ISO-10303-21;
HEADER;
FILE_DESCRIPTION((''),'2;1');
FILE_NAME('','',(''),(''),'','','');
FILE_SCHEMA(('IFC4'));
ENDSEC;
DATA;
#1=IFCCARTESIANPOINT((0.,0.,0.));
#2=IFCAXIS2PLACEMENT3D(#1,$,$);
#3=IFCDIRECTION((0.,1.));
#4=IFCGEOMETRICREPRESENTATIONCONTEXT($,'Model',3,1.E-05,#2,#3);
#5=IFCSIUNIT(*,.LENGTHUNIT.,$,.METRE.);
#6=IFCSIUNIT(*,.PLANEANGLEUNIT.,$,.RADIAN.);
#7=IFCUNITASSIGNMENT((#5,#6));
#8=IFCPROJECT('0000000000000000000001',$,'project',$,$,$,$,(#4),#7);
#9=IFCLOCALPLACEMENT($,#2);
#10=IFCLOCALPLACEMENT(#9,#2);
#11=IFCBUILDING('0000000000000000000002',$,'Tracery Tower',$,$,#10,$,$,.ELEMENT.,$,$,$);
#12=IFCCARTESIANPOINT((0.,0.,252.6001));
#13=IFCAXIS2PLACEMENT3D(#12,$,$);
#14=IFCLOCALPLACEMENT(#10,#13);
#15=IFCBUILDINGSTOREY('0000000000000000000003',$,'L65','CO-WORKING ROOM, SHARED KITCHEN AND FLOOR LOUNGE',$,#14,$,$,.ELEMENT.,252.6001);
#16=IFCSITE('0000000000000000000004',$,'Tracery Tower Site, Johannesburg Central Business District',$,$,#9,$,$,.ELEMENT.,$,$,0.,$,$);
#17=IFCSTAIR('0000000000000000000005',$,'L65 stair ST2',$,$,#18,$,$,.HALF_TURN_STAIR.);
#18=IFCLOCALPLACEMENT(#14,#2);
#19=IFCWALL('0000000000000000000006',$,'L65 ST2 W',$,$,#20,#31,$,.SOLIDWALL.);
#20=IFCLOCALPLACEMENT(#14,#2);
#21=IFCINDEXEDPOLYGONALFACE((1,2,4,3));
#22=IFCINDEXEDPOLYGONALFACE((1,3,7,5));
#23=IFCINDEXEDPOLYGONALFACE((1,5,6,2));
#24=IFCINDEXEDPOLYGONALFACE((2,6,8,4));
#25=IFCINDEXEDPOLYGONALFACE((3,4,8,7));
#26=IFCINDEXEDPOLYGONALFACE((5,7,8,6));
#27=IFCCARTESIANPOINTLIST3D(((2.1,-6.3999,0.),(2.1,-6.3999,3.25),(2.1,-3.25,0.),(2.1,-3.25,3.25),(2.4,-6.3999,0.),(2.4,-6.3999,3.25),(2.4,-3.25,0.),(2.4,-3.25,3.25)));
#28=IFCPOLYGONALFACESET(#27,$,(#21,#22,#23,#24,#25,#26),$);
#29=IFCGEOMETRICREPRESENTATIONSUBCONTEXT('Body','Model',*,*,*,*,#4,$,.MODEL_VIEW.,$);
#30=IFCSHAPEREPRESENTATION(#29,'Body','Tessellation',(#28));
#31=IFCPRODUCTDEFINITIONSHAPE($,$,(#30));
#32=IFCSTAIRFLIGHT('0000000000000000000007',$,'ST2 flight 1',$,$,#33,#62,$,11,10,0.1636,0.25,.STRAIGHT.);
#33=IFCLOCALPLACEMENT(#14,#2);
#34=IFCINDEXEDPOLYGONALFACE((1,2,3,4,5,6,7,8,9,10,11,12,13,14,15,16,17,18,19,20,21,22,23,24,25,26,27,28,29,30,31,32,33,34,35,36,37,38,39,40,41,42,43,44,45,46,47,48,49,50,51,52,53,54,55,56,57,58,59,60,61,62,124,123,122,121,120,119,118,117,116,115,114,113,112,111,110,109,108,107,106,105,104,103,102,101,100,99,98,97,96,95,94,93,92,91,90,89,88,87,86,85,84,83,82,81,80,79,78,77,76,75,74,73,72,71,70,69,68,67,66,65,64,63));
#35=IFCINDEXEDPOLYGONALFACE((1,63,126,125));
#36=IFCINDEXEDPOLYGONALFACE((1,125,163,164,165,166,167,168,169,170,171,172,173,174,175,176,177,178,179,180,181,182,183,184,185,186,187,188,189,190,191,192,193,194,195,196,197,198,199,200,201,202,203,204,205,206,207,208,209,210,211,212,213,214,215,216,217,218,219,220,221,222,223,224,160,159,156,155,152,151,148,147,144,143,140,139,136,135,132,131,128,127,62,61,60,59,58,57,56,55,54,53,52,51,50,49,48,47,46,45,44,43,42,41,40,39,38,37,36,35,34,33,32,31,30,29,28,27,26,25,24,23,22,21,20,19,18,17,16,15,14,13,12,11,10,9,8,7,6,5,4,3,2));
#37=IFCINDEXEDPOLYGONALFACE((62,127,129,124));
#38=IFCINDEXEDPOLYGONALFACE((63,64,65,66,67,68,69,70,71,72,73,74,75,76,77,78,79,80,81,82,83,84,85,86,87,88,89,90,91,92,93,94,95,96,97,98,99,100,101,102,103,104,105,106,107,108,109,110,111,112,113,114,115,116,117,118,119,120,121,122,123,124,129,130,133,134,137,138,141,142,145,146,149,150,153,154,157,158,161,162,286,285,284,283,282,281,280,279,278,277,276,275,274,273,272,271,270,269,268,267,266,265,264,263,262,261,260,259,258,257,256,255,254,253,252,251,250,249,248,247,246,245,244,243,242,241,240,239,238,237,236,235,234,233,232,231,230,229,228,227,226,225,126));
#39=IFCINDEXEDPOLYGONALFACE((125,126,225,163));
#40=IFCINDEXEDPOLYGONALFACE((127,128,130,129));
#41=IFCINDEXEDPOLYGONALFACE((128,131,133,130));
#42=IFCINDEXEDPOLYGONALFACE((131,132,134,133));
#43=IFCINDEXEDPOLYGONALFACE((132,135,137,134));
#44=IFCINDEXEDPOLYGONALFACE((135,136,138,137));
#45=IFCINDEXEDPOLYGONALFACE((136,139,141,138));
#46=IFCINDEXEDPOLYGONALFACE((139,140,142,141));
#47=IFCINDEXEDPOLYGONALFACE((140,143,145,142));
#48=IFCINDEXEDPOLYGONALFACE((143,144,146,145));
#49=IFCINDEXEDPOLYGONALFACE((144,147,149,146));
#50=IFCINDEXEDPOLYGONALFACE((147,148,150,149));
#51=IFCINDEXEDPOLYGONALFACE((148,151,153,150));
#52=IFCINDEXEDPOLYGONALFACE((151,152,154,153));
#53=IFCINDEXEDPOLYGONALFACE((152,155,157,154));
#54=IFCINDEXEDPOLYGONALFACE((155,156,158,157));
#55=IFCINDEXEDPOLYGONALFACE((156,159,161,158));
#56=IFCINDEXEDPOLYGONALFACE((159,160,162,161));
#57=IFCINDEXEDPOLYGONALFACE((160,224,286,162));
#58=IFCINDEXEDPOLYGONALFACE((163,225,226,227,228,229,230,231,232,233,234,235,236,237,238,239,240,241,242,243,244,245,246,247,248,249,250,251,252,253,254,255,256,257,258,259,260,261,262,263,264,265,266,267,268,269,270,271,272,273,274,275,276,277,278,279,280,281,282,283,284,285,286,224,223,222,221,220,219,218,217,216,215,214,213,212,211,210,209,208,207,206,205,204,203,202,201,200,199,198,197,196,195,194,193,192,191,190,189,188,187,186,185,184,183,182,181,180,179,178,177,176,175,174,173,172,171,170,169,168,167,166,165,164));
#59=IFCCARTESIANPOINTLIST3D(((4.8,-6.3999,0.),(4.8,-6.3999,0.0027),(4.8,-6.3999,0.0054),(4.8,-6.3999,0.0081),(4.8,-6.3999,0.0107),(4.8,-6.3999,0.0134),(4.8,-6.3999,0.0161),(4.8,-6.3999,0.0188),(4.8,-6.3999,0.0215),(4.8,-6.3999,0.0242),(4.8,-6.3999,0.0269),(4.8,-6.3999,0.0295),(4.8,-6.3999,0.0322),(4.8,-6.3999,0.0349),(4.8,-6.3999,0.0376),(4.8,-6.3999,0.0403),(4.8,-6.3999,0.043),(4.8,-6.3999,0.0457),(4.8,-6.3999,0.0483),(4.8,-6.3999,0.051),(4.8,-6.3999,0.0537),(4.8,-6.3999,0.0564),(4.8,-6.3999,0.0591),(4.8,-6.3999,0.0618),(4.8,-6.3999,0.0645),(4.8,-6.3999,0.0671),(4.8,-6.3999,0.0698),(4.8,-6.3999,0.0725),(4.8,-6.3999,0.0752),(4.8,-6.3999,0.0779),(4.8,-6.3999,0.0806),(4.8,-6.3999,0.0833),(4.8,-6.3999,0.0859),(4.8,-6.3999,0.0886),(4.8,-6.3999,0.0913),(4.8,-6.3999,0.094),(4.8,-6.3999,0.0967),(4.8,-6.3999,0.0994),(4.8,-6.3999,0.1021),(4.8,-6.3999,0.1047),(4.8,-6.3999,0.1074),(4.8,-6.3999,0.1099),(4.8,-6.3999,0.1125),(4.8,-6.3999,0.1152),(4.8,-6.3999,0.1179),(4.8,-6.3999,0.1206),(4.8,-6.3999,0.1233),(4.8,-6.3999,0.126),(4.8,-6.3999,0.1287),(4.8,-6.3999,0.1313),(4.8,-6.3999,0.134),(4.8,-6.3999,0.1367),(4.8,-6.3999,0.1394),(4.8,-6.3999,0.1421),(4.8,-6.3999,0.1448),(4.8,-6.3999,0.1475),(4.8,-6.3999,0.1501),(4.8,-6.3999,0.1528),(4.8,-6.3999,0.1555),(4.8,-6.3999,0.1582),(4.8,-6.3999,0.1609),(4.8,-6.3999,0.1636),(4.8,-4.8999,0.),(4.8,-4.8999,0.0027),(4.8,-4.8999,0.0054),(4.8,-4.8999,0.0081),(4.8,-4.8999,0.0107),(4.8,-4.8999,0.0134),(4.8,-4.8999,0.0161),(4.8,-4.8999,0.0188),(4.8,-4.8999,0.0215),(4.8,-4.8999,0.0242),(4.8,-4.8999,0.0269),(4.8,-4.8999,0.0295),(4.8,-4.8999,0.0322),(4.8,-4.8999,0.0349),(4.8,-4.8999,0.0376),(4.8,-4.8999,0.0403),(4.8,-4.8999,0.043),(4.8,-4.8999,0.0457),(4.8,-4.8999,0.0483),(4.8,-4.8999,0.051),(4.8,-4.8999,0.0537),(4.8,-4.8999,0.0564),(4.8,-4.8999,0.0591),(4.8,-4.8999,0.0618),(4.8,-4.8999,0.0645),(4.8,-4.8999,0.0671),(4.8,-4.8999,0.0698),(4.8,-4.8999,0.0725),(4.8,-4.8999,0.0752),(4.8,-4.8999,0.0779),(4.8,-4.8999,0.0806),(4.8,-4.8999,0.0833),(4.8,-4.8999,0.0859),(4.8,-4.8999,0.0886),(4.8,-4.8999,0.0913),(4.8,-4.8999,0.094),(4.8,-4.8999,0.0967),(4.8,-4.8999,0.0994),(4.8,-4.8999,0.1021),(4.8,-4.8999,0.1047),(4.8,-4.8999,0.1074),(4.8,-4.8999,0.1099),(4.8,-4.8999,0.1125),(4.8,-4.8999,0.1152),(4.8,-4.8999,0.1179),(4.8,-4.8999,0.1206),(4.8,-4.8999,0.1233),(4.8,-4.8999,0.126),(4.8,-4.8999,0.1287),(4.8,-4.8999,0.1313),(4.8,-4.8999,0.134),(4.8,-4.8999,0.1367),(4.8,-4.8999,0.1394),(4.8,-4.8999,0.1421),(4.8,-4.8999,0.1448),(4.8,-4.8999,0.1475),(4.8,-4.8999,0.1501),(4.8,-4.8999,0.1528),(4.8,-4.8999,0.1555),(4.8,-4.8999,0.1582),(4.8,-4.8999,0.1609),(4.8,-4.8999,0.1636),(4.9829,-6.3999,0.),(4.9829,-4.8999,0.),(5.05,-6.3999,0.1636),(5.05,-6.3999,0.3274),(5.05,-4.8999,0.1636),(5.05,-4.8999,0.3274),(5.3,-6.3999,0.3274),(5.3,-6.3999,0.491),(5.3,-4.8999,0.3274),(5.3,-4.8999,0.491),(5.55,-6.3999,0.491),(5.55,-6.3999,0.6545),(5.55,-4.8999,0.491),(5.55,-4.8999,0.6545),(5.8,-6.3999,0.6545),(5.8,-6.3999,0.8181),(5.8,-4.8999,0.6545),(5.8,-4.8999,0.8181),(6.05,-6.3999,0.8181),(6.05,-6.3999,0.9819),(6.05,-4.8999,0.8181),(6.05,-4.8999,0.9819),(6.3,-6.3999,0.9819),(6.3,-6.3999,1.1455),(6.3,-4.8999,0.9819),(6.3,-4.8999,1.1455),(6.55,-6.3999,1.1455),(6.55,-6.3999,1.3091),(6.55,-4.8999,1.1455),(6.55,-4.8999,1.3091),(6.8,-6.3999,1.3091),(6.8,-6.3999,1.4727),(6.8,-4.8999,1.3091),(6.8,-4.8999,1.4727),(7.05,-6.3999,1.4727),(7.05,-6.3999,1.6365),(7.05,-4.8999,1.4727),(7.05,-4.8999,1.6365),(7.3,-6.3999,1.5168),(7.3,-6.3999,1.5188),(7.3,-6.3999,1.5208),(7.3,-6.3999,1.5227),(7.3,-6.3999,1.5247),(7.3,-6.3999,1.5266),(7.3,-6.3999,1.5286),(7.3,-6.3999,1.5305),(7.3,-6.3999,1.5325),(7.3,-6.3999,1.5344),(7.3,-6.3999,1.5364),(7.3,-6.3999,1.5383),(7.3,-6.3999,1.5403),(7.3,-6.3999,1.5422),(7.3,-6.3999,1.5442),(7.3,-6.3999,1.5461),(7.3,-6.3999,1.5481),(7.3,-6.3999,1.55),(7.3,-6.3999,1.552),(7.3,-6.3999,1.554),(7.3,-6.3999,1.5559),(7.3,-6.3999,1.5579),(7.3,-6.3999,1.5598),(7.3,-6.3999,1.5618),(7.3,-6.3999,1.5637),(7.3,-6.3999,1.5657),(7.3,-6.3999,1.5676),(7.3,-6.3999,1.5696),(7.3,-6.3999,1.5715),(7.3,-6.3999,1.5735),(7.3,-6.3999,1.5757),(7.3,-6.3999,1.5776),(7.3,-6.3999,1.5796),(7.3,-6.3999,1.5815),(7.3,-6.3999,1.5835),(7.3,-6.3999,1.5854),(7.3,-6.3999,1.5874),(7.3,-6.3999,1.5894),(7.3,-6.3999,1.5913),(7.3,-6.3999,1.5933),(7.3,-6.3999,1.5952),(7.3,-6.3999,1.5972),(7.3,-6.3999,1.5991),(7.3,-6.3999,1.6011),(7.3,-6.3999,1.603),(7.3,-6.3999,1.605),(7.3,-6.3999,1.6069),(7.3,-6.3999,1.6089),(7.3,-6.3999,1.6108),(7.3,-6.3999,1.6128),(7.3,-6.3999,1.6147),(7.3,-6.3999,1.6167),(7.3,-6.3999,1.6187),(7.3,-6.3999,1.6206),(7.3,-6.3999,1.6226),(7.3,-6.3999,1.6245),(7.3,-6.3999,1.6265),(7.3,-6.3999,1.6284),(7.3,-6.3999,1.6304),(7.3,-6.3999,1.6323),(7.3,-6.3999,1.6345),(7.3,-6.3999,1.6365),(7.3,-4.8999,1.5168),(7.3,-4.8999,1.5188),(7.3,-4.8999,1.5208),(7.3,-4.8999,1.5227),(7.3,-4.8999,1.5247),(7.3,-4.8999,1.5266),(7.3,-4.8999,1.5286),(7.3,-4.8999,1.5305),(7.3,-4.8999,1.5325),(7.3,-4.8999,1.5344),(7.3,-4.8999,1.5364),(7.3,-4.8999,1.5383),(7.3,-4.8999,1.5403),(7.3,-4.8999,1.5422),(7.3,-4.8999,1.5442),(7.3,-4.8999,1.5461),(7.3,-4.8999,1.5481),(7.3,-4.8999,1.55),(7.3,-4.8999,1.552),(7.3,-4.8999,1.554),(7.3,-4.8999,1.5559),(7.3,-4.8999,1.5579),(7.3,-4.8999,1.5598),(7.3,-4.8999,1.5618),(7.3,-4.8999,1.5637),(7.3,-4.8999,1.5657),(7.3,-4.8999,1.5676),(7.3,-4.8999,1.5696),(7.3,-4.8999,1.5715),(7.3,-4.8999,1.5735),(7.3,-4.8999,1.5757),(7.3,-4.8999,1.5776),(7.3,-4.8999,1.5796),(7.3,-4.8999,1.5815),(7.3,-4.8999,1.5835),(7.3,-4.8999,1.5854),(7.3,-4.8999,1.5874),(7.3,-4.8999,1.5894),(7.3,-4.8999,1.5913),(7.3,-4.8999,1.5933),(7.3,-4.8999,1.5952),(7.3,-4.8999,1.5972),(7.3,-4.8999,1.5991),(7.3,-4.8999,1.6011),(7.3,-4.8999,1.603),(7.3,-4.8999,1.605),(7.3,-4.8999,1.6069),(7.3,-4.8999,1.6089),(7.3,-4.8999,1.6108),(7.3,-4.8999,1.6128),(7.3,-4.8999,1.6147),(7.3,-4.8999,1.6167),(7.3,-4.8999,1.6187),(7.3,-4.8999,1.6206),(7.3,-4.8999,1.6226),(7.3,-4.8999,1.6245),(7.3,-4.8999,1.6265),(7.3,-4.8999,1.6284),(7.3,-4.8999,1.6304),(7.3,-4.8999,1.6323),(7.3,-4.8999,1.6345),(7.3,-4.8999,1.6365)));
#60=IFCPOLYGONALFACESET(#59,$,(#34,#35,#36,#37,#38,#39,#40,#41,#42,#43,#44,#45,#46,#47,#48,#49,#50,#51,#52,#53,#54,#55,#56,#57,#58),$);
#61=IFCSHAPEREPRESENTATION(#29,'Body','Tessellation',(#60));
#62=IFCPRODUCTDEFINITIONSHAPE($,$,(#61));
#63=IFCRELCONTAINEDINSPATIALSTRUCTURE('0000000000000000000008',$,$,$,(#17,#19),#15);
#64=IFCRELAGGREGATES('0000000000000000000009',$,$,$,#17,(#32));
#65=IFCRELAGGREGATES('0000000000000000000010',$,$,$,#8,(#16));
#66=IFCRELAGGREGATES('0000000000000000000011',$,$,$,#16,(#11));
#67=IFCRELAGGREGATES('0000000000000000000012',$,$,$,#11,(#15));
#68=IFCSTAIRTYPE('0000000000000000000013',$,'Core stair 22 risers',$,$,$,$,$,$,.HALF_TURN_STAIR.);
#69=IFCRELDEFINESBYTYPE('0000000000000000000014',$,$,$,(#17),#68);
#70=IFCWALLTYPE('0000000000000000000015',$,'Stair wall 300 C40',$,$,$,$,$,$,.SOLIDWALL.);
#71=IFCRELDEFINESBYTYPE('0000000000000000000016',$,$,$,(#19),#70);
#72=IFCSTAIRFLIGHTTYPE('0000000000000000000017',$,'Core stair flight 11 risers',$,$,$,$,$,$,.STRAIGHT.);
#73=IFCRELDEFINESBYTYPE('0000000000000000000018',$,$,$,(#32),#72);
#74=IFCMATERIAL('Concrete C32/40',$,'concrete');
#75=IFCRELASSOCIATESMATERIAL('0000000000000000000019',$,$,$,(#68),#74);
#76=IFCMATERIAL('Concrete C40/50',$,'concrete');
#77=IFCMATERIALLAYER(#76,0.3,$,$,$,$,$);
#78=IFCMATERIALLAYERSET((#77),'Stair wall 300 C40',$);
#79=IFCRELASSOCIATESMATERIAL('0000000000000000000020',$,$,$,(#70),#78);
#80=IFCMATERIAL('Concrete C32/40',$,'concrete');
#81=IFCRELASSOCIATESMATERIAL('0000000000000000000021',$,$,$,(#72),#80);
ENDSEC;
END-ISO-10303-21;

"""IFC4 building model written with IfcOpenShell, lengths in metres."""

from ifc_helpers import new_model, si_unit, direction, frame, frame_2d, origin, place, context, subcontext, project, spatial, polyline, rectangle, outline, extrude, material, layer, layer_set, type_object, element, aggregate, save


model = new_model("IFC4")

# Units and contexts
model_context = context("Model", 3, precision=1e-05, world=origin(), true_north=direction((0.0, 1.0)))
body_context = subcontext(model_context, "Body", "Model", "MODEL_VIEW")
ifc_project = project(units=[si_unit("LENGTHUNIT", "METRE"), si_unit("PLANEANGLEUNIT", "RADIAN")], contexts=[model_context])

# Site, building, storey
site_placement = place(None, origin())
site = spatial("IfcSite", under=ifc_project, at=site_placement, Name="Tracery Tower Site, Johannesburg Central Business District", CompositionType="ELEMENT", RefElevation=0.0)
building_placement = place(site_placement, origin())
building = spatial("IfcBuilding", under=site, at=building_placement, Name="Tracery Tower", CompositionType="ELEMENT")
storey_placement = place(building_placement, frame((0.0, 0.0, 252.6001)))
storey = spatial("IfcBuildingStorey", under=building, at=storey_placement, Name="L65", Description="CO-WORKING ROOM, SHARED KITCHEN AND FLOOR LOUNGE", CompositionType="ELEMENT", Elevation=252.6001)

# Stair
ifc_material_1 = material(Name="Concrete C32/40", Category="concrete")
stair_type = type_object("IfcStairType", Name="Core stair 22 risers", PredefinedType="HALF_TURN_STAIR", material=ifc_material_1)
stair_placement = place(storey_placement, origin())
stair = element("IfcStair", 1, at=stair_placement, inside=storey, type_object=stair_type, Name="L65 stair ST2", PredefinedType="HALF_TURN_STAIR")

# Shared definitions
ifc_material_2 = material(Name="Concrete C40/50", Category="concrete")
ifc_layer_1 = layer(ifc_material_2, 0.3)
ifc_layer_set_1 = layer_set([ifc_layer_1], Name="Stair wall 300 C40")
wall_type_1 = type_object("IfcWallType", Name="Stair wall 300 C40", PredefinedType="SOLIDWALL", material=ifc_layer_set_1)

# Wall
wall_1_placement = place(storey_placement, frame((2.25, -6.3999, 0.0), z_axis=(0.0, 0.0, 1.0), x_axis=(0.0, 1.0, 0.0)))
element("IfcWall", 2, at=wall_1_placement, inside=storey, type_object=wall_type_1, Name="L65 ST2 W", PredefinedType="SOLIDWALL", context=body_context, shape_type="SweptSolid", body=[
    extrude(rectangle(XDim=3.1499, YDim=0.3, at=frame_2d((1.575, 0.0))), origin(), (0.0, 0.0, 1.0), 3.25),
])

# Stair flight
ifc_material_3 = material(Name="Concrete C32/40", Category="concrete")
stair_flight_type = type_object("IfcStairFlightType", Name="Core stair flight 11 risers", PredefinedType="STRAIGHT", material=ifc_material_3)
stair_flight_1_placement = place(storey_placement, frame((4.8, -5.6499, 0.0), z_axis=(0.0, 0.0, 1.0), x_axis=(1.0, 0.0, 0.0)))
stair_flight_1 = element("IfcStairFlight", 3, at=stair_flight_1_placement, type_object=stair_flight_type, Name="ST2 flight 1", NumberOfRisers=11, NumberOfTreads=10, PredefinedType="STRAIGHT", RiserHeight=0.1636, TreadLength=0.25, context=body_context, shape_type="SweptSolid", body=[
    extrude(outline(polyline([(0.0, 0.0), (0.0, 0.0027), (0.0, 0.0054), (0.0, 0.0081), (0.0, 0.0107), (0.0, 0.0134), (0.0, 0.0161), (0.0, 0.0188), (0.0, 0.0215), (0.0, 0.0242), (0.0, 0.0269), (0.0, 0.0295), (0.0, 0.0322), (0.0, 0.0349), (0.0, 0.0376), (0.0, 0.0403), (0.0, 0.043), (0.0, 0.0457), (0.0, 0.0483), (0.0, 0.051), (0.0, 0.0537), (0.0, 0.0564), (0.0, 0.0591), (0.0, 0.0618), (0.0, 0.0645), (0.0, 0.0671), (0.0, 0.0698), (0.0, 0.0725), (0.0, 0.0752), (0.0, 0.0779), (0.0, 0.0806), (0.0, 0.0833), (0.0, 0.0859), (0.0, 0.0886), (0.0, 0.0913), (0.0, 0.094), (0.0, 0.0967), (0.0, 0.0994), (0.0, 0.1021), (0.0, 0.1047), (0.0, 0.1074), (0.0, 0.1099), (0.0, 0.1125), (0.0, 0.1152), (0.0, 0.1179), (0.0, 0.1206), (0.0, 0.1233), (0.0, 0.126), (0.0, 0.1287), (0.0, 0.1313), (0.0, 0.134), (0.0, 0.1367), (0.0, 0.1394), (0.0, 0.1421), (0.0, 0.1448), (0.0, 0.1475), (0.0, 0.1501), (0.0, 0.1528), (0.0, 0.1555), (0.0, 0.1582), (0.0, 0.1609), (0.0, 0.1636), (0.25, 0.1636), (0.25, 0.3274), (0.5, 0.3274), (0.5, 0.491), (0.75, 0.491), (0.75, 0.6545), (1.0, 0.6545), (1.0, 0.8181), (1.25, 0.8181), (1.25, 0.9819), (1.5, 0.9819), (1.5, 1.1455), (1.75, 1.1455), (1.75, 1.3091), (2.0, 1.3091), (2.0, 1.4727), (2.25, 1.4727), (2.25, 1.6365), (2.5, 1.6365), (2.5, 1.6345), (2.5, 1.6323), (2.5, 1.6304), (2.5, 1.6284), (2.5, 1.6265), (2.5, 1.6245), (2.5, 1.6226), (2.5, 1.6206), (2.5, 1.6187), (2.5, 1.6167), (2.5, 1.6147), (2.5, 1.6128), (2.5, 1.6108), (2.5, 1.6089), (2.5, 1.6069), (2.5, 1.605), (2.5, 1.603), (2.5, 1.6011), (2.5, 1.5991), (2.5, 1.5972), (2.5, 1.5952), (2.5, 1.5933), (2.5, 1.5913), (2.5, 1.5894), (2.5, 1.5874), (2.5, 1.5854), (2.5, 1.5835), (2.5, 1.5815), (2.5, 1.5796), (2.5, 1.5776), (2.5, 1.5757), (2.5, 1.5735), (2.5, 1.5715), (2.5, 1.5696), (2.5, 1.5676), (2.5, 1.5657), (2.5, 1.5637), (2.5, 1.5618), (2.5, 1.5598), (2.5, 1.5579), (2.5, 1.5559), (2.5, 1.554), (2.5, 1.552), (2.5, 1.55), (2.5, 1.5481), (2.5, 1.5461), (2.5, 1.5442), (2.5, 1.5422), (2.5, 1.5403), (2.5, 1.5383), (2.5, 1.5364), (2.5, 1.5344), (2.5, 1.5325), (2.5, 1.5305), (2.5, 1.5286), (2.5, 1.5266), (2.5, 1.5247), (2.5, 1.5227), (2.5, 1.5208), (2.5, 1.5188), (2.5, 1.5168), (0.1829, 0.0), (0.0, 0.0)])), frame((0.0, 0.75, 0.0), z_axis=(0.0, -1.0, 0.0), x_axis=(1.0, 0.0, 0.0)), (0.0, 0.0, 1.0), 1.5),
])
aggregate(stair, [stair_flight_1])

save(model, "model.ifc")
